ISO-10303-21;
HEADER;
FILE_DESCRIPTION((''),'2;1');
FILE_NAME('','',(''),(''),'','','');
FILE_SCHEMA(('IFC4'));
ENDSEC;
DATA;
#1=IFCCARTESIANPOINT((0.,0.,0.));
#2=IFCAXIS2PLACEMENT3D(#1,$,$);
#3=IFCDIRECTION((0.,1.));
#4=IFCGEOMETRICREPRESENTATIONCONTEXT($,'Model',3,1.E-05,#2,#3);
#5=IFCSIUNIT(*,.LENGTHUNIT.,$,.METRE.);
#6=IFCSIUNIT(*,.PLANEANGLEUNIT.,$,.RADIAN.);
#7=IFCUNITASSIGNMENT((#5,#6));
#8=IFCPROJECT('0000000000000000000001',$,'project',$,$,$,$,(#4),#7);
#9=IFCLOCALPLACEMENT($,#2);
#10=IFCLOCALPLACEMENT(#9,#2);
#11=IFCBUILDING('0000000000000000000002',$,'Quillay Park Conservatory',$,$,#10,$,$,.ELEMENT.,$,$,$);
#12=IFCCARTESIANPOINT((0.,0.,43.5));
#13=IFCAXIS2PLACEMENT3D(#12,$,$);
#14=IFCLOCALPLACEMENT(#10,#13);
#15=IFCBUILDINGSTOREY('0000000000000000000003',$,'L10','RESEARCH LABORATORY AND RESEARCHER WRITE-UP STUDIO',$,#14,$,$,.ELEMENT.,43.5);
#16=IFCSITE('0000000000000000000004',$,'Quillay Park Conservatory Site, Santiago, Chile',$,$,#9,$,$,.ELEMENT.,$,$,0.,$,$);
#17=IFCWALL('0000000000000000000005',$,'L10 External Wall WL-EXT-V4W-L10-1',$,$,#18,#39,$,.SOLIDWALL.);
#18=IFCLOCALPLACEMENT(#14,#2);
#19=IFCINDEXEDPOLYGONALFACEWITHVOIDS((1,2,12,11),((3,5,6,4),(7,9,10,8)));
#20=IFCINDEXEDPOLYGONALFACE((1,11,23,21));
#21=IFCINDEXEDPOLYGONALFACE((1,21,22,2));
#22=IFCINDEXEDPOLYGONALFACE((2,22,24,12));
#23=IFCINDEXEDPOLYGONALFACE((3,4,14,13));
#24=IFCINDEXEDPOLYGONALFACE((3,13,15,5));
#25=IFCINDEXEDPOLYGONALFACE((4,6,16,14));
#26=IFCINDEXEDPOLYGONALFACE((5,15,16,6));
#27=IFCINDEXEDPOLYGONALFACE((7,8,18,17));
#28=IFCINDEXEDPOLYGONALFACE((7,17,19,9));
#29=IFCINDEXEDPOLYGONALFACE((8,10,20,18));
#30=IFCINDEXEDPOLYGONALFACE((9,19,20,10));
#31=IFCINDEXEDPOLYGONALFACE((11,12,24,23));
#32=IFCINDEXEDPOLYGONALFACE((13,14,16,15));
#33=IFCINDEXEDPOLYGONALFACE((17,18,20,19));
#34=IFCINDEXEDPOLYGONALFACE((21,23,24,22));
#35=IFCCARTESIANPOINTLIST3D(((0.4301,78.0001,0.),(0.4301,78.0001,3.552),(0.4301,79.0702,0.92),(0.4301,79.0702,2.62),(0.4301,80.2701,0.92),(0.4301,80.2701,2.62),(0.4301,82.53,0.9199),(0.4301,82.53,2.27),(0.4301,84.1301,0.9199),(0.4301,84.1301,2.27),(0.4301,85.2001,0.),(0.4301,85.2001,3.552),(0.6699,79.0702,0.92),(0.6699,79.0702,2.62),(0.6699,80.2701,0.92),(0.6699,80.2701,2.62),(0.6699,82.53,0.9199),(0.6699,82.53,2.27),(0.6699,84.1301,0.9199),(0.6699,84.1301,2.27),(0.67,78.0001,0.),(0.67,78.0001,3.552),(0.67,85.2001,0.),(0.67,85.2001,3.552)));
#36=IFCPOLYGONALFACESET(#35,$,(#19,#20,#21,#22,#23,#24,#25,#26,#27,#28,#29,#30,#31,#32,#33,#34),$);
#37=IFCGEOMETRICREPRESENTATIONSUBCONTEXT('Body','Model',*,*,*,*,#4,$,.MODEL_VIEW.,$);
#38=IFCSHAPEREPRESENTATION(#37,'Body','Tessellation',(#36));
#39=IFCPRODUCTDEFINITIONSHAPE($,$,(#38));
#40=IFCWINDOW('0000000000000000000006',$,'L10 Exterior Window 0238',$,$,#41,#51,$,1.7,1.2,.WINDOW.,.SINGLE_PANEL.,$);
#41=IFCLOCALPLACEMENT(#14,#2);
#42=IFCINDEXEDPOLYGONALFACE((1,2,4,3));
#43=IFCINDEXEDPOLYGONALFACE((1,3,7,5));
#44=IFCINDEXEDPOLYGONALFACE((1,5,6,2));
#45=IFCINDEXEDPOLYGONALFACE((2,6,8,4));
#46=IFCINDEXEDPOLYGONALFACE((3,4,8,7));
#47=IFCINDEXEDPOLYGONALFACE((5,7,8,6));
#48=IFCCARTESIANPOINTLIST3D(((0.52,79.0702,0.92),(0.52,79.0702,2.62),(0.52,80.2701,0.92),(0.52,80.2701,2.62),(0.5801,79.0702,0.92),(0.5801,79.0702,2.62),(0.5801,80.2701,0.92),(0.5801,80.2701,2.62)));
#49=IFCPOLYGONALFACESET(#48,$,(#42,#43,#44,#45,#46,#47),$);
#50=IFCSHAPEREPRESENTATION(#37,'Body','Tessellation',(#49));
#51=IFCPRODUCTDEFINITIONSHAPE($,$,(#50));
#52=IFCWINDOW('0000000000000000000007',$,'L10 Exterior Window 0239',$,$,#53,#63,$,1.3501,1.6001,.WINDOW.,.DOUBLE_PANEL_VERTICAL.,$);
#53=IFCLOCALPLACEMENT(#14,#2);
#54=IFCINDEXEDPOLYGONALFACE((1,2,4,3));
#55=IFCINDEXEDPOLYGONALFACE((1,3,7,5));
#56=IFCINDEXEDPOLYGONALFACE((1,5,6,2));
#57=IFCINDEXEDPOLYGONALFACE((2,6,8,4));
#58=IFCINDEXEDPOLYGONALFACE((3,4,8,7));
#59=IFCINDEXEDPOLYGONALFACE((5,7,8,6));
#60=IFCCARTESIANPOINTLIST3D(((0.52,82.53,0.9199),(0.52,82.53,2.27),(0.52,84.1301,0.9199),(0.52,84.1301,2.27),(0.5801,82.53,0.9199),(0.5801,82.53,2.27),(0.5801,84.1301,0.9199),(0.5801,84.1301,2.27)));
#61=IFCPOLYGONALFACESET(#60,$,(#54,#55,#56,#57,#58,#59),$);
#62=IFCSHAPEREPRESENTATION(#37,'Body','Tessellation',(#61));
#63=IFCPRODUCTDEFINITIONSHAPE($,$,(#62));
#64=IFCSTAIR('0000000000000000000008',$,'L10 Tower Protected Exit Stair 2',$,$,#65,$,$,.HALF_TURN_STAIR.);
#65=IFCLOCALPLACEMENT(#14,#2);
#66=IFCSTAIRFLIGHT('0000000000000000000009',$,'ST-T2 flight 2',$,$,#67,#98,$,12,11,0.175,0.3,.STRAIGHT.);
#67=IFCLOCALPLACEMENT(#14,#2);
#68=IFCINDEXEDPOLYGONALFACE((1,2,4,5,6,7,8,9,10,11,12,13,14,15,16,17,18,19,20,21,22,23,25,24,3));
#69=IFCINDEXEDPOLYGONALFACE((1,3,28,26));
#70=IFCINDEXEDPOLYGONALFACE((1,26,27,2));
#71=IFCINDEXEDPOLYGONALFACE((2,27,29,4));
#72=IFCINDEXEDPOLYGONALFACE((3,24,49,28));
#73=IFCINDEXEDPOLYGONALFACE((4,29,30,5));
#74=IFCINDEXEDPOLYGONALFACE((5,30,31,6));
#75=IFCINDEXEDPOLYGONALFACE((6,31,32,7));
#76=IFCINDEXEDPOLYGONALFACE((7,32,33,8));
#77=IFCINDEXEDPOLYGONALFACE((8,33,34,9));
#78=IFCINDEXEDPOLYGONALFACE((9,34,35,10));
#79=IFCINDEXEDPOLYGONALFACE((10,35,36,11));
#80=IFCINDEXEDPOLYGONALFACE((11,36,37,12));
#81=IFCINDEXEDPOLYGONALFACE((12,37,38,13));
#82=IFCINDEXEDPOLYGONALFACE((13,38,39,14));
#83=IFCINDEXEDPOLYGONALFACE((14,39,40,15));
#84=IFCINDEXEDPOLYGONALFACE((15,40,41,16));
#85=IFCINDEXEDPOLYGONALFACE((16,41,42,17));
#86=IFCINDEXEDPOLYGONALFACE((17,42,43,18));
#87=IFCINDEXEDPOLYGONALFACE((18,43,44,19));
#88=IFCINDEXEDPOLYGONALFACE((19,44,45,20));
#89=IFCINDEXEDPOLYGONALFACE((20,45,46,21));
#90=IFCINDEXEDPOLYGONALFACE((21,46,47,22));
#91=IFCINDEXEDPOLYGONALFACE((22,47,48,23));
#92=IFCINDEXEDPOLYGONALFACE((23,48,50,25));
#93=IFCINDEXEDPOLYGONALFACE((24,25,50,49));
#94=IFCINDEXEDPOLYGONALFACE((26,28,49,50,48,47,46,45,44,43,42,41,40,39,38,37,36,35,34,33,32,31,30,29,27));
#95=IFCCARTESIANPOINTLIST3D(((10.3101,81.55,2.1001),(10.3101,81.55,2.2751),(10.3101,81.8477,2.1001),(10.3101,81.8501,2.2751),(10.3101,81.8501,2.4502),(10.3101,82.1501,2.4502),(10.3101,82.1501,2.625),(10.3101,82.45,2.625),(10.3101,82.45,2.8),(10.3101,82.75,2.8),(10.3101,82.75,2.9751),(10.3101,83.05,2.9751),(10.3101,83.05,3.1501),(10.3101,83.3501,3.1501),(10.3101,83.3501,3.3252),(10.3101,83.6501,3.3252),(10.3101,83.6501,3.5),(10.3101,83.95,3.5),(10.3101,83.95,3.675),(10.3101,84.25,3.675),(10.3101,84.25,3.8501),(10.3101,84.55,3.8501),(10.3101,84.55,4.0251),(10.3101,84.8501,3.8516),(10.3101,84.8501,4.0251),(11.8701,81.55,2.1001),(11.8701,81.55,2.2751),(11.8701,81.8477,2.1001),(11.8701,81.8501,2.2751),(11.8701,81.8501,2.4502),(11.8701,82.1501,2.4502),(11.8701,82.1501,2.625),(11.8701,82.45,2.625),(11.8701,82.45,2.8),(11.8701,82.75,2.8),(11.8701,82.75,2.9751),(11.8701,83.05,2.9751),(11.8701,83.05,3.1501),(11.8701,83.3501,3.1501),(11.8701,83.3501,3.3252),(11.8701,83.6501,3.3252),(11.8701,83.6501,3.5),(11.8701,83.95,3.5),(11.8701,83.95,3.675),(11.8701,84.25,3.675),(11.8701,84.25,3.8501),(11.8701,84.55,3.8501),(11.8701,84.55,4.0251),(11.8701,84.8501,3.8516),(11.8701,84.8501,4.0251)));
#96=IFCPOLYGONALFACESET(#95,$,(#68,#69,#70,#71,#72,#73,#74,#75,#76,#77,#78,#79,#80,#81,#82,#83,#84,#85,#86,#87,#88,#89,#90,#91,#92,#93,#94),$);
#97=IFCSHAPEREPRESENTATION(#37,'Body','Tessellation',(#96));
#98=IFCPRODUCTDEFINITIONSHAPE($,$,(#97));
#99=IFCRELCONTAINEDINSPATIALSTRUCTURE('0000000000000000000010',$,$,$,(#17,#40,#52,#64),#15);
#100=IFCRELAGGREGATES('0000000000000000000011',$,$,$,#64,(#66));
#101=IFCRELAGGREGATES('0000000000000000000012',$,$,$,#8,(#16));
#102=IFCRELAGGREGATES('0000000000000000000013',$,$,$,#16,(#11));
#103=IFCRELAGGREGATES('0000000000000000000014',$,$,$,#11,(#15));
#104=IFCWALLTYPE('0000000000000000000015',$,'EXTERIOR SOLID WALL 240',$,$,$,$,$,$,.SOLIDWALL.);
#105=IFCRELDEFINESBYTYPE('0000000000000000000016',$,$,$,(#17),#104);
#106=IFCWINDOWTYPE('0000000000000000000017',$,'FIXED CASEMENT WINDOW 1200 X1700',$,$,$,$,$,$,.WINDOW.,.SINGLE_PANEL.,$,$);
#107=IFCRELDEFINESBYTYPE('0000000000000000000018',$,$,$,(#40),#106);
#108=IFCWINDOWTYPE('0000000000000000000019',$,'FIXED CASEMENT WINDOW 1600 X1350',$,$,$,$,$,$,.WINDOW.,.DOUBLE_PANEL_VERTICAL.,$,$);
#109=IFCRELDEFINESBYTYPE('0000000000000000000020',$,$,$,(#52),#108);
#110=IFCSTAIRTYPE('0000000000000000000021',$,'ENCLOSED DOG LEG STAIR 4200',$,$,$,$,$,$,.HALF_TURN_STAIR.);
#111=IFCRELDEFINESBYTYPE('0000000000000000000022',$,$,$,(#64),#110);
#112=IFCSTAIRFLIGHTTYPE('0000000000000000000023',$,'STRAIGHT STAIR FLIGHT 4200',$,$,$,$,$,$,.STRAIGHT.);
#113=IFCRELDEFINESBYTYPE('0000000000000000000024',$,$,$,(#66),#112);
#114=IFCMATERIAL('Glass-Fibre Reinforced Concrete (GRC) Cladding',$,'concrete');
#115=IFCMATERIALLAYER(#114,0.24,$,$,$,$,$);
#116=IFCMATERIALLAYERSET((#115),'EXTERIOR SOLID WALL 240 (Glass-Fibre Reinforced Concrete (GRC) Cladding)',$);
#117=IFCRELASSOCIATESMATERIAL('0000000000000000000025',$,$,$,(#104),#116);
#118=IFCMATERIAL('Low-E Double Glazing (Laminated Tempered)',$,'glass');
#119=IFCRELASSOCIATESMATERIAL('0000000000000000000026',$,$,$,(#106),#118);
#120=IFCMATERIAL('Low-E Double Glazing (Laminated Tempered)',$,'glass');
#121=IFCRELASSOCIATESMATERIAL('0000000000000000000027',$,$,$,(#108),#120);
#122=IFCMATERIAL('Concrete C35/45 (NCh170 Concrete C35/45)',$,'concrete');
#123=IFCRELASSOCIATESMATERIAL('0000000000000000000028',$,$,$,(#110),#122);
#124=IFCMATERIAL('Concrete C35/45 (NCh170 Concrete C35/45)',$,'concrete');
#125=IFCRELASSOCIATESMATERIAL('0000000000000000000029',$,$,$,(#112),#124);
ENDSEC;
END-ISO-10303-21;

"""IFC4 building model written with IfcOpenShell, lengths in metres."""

from ifc_helpers import new_model, si_unit, direction, frame, frame_2d, origin, place, context, subcontext, project, spatial, polyline, rectangle, outline, extrude, material, layer, layer_set, type_object, element, fill, aggregate, save


model = new_model("IFC4")

# Units and contexts
model_context = context("Model", 3, precision=1e-05, world=origin(), true_north=direction((0.0, 1.0)))
body_context = subcontext(model_context, "Body", "Model", "MODEL_VIEW")
ifc_project = project(units=[si_unit("LENGTHUNIT", "METRE"), si_unit("PLANEANGLEUNIT", "RADIAN")], contexts=[model_context])

# Site, building, storey
site_placement = place(None, origin())
site = spatial("IfcSite", under=ifc_project, at=site_placement, Name="Quillay Park Conservatory Site, Santiago, Chile", CompositionType="ELEMENT", RefElevation=0.0)
building_placement = place(site_placement, origin())
building = spatial("IfcBuilding", under=site, at=building_placement, Name="Quillay Park Conservatory", CompositionType="ELEMENT")
storey_placement = place(building_placement, frame((0.0, 0.0, 43.5)))
storey = spatial("IfcBuildingStorey", under=building, at=storey_placement, Name="L10", Description="RESEARCH LABORATORY AND RESEARCHER WRITE-UP STUDIO", CompositionType="ELEMENT", Elevation=43.5)

# Wall, openings, windows
ifc_material_1 = material(Name="Glass-Fibre Reinforced Concrete (GRC) Cladding", Category="concrete")
ifc_layer_1 = layer(ifc_material_1, 0.24)
ifc_layer_set_1 = layer_set([ifc_layer_1], Name="EXTERIOR SOLID WALL 240 (Glass-Fibre Reinforced Concrete (GRC) Cladding)")
wall_type_1 = type_object("IfcWallType", Name="EXTERIOR SOLID WALL 240", PredefinedType="SOLIDWALL", material=ifc_layer_set_1)
wall_1_placement = place(storey_placement, frame((0.55, 78.0, 0.0), z_axis=(0.0, 0.0, 1.0), x_axis=(0.0, 1.0, 0.0)))
wall_1 = element("IfcWall", 1, at=wall_1_placement, inside=storey, type_object=wall_type_1, Name="L10 External Wall WL-EXT-V4W-L10-1", PredefinedType="SOLIDWALL", context=body_context, shape_type="SweptSolid", body=[
    extrude(rectangle(XDim=7.2, YDim=0.24, at=frame_2d((3.6001, 0.0))), origin(), (0.0, 0.0, 1.0), 3.552),
])
opening_1_placement = place(wall_1_placement, frame((1.0701, 0.0, 0.9199)))
opening_1 = element("IfcOpeningElement", 2, at=opening_1_placement, cuts=wall_1, PredefinedType="OPENING", context=body_context, shape_type="SweptSolid", body=[
    extrude(rectangle(XDim=1.2, YDim=1.7, at=frame_2d((0.6001, 0.8501))), frame((0.0, 0.1201, 0.0), z_axis=(0.0, -1.0, 0.0), x_axis=(1.0, 0.0, 0.0)), (0.0, 0.0, 1.0), 0.24),
])
opening_2_placement = place(wall_1_placement, frame((4.53, 0.0, 0.9199)))
opening_2 = element("IfcOpeningElement", 3, at=opening_2_placement, cuts=wall_1, PredefinedType="OPENING", context=body_context, shape_type="SweptSolid", body=[
    extrude(rectangle(XDim=1.6001, YDim=1.3501, at=frame_2d((0.8, 0.675))), frame((0.0, 0.1201, 0.0), z_axis=(0.0, -1.0, 0.0), x_axis=(1.0, 0.0, 0.0)), (0.0, 0.0, 1.0), 0.24),
])
ifc_material_2 = material(Name="Low-E Double Glazing (Laminated Tempered)", Category="glass")
window_type_1 = type_object("IfcWindowType", Name="FIXED CASEMENT WINDOW 1200 X1700", PartitioningType="SINGLE_PANEL", PredefinedType="WINDOW", material=ifc_material_2)
window_1_placement = place(opening_1_placement, origin())
window_1 = element("IfcWindow", 4, at=window_1_placement, inside=storey, type_object=window_type_1, Name="L10 Exterior Window 0238", OverallHeight=1.7, OverallWidth=1.2, PartitioningType="SINGLE_PANEL", PredefinedType="WINDOW", context=body_context, shape_type="SweptSolid", body=[
    extrude(rectangle(XDim=1.2, YDim=1.7, at=frame_2d((0.6001, 0.8501))), frame((0.0, 0.03, 0.0), z_axis=(0.0, -1.0, 0.0), x_axis=(1.0, 0.0, 0.0)), (0.0, 0.0, 1.0), 0.0601),
])
fill(opening_1, window_1)
ifc_material_3 = material(Name="Low-E Double Glazing (Laminated Tempered)", Category="glass")
window_type_2 = type_object("IfcWindowType", Name="FIXED CASEMENT WINDOW 1600 X1350", PartitioningType="DOUBLE_PANEL_VERTICAL", PredefinedType="WINDOW", material=ifc_material_3)
window_2_placement = place(opening_2_placement, origin())
window_2 = element("IfcWindow", 5, at=window_2_placement, inside=storey, type_object=window_type_2, Name="L10 Exterior Window 0239", OverallHeight=1.3501, OverallWidth=1.6001, PartitioningType="DOUBLE_PANEL_VERTICAL", PredefinedType="WINDOW", context=body_context, shape_type="SweptSolid", body=[
    extrude(rectangle(XDim=1.6001, YDim=1.3501, at=frame_2d((0.8, 0.675))), frame((0.0, 0.03, 0.0), z_axis=(0.0, -1.0, 0.0), x_axis=(1.0, 0.0, 0.0)), (0.0, 0.0, 1.0), 0.0601),
])
fill(opening_2, window_2)

# Stair, stair flight
ifc_material_4 = material(Name="Concrete C35/45 (NCh170 Concrete C35/45)", Category="concrete")
stair_type = type_object("IfcStairType", Name="ENCLOSED DOG LEG STAIR 4200", PredefinedType="HALF_TURN_STAIR", material=ifc_material_4)
stair_placement = place(storey_placement, origin())
stair = element("IfcStair", 6, at=stair_placement, inside=storey, type_object=stair_type, Name="L10 Tower Protected Exit Stair 2", PredefinedType="HALF_TURN_STAIR")
ifc_material_5 = material(Name="Concrete C35/45 (NCh170 Concrete C35/45)", Category="concrete")
stair_flight_type = type_object("IfcStairFlightType", Name="STRAIGHT STAIR FLIGHT 4200", PredefinedType="STRAIGHT", material=ifc_material_5)
stair_flight_placement = place(storey_placement, frame((11.0901, 81.55, 2.1001), z_axis=(0.0, 0.0, 1.0), x_axis=(0.0, 1.0, 0.0)))
stair_flight = element("IfcStairFlight", 7, at=stair_flight_placement, type_object=stair_flight_type, Name="ST-T2 flight 2", NumberOfRisers=12, NumberOfTreads=11, PredefinedType="STRAIGHT", RiserHeight=0.175, TreadLength=0.3, context=body_context, shape_type="SweptSolid", body=[
    extrude(outline(polyline([(0.0, 0.0), (0.0, 0.175), (0.3, 0.175), (0.3, 0.3501), (0.6001, 0.3501), (0.6001, 0.5249), (0.8999, 0.5249), (0.8999, 0.7), (1.2, 0.7), (1.2, 0.875), (1.5, 0.875), (1.5, 1.05), (1.8, 1.05), (1.8, 1.2251), (2.1001, 1.2251), (2.1001, 1.3999), (2.3999, 1.3999), (2.3999, 1.575), (2.7, 1.575), (2.7, 1.75), (3.0, 1.75), (3.0, 1.925), (3.3, 1.925), (3.3, 2.1001), (3.3, 1.7515), (0.2976, 0.0), (0.0, 0.0)])), frame((0.0, 0.78, 0.0), z_axis=(0.0, -1.0, 0.0), x_axis=(1.0, 0.0, 0.0)), (0.0, 0.0, 1.0), 1.5601),
])
aggregate(stair, [stair_flight])

save(model, "model.ifc")
